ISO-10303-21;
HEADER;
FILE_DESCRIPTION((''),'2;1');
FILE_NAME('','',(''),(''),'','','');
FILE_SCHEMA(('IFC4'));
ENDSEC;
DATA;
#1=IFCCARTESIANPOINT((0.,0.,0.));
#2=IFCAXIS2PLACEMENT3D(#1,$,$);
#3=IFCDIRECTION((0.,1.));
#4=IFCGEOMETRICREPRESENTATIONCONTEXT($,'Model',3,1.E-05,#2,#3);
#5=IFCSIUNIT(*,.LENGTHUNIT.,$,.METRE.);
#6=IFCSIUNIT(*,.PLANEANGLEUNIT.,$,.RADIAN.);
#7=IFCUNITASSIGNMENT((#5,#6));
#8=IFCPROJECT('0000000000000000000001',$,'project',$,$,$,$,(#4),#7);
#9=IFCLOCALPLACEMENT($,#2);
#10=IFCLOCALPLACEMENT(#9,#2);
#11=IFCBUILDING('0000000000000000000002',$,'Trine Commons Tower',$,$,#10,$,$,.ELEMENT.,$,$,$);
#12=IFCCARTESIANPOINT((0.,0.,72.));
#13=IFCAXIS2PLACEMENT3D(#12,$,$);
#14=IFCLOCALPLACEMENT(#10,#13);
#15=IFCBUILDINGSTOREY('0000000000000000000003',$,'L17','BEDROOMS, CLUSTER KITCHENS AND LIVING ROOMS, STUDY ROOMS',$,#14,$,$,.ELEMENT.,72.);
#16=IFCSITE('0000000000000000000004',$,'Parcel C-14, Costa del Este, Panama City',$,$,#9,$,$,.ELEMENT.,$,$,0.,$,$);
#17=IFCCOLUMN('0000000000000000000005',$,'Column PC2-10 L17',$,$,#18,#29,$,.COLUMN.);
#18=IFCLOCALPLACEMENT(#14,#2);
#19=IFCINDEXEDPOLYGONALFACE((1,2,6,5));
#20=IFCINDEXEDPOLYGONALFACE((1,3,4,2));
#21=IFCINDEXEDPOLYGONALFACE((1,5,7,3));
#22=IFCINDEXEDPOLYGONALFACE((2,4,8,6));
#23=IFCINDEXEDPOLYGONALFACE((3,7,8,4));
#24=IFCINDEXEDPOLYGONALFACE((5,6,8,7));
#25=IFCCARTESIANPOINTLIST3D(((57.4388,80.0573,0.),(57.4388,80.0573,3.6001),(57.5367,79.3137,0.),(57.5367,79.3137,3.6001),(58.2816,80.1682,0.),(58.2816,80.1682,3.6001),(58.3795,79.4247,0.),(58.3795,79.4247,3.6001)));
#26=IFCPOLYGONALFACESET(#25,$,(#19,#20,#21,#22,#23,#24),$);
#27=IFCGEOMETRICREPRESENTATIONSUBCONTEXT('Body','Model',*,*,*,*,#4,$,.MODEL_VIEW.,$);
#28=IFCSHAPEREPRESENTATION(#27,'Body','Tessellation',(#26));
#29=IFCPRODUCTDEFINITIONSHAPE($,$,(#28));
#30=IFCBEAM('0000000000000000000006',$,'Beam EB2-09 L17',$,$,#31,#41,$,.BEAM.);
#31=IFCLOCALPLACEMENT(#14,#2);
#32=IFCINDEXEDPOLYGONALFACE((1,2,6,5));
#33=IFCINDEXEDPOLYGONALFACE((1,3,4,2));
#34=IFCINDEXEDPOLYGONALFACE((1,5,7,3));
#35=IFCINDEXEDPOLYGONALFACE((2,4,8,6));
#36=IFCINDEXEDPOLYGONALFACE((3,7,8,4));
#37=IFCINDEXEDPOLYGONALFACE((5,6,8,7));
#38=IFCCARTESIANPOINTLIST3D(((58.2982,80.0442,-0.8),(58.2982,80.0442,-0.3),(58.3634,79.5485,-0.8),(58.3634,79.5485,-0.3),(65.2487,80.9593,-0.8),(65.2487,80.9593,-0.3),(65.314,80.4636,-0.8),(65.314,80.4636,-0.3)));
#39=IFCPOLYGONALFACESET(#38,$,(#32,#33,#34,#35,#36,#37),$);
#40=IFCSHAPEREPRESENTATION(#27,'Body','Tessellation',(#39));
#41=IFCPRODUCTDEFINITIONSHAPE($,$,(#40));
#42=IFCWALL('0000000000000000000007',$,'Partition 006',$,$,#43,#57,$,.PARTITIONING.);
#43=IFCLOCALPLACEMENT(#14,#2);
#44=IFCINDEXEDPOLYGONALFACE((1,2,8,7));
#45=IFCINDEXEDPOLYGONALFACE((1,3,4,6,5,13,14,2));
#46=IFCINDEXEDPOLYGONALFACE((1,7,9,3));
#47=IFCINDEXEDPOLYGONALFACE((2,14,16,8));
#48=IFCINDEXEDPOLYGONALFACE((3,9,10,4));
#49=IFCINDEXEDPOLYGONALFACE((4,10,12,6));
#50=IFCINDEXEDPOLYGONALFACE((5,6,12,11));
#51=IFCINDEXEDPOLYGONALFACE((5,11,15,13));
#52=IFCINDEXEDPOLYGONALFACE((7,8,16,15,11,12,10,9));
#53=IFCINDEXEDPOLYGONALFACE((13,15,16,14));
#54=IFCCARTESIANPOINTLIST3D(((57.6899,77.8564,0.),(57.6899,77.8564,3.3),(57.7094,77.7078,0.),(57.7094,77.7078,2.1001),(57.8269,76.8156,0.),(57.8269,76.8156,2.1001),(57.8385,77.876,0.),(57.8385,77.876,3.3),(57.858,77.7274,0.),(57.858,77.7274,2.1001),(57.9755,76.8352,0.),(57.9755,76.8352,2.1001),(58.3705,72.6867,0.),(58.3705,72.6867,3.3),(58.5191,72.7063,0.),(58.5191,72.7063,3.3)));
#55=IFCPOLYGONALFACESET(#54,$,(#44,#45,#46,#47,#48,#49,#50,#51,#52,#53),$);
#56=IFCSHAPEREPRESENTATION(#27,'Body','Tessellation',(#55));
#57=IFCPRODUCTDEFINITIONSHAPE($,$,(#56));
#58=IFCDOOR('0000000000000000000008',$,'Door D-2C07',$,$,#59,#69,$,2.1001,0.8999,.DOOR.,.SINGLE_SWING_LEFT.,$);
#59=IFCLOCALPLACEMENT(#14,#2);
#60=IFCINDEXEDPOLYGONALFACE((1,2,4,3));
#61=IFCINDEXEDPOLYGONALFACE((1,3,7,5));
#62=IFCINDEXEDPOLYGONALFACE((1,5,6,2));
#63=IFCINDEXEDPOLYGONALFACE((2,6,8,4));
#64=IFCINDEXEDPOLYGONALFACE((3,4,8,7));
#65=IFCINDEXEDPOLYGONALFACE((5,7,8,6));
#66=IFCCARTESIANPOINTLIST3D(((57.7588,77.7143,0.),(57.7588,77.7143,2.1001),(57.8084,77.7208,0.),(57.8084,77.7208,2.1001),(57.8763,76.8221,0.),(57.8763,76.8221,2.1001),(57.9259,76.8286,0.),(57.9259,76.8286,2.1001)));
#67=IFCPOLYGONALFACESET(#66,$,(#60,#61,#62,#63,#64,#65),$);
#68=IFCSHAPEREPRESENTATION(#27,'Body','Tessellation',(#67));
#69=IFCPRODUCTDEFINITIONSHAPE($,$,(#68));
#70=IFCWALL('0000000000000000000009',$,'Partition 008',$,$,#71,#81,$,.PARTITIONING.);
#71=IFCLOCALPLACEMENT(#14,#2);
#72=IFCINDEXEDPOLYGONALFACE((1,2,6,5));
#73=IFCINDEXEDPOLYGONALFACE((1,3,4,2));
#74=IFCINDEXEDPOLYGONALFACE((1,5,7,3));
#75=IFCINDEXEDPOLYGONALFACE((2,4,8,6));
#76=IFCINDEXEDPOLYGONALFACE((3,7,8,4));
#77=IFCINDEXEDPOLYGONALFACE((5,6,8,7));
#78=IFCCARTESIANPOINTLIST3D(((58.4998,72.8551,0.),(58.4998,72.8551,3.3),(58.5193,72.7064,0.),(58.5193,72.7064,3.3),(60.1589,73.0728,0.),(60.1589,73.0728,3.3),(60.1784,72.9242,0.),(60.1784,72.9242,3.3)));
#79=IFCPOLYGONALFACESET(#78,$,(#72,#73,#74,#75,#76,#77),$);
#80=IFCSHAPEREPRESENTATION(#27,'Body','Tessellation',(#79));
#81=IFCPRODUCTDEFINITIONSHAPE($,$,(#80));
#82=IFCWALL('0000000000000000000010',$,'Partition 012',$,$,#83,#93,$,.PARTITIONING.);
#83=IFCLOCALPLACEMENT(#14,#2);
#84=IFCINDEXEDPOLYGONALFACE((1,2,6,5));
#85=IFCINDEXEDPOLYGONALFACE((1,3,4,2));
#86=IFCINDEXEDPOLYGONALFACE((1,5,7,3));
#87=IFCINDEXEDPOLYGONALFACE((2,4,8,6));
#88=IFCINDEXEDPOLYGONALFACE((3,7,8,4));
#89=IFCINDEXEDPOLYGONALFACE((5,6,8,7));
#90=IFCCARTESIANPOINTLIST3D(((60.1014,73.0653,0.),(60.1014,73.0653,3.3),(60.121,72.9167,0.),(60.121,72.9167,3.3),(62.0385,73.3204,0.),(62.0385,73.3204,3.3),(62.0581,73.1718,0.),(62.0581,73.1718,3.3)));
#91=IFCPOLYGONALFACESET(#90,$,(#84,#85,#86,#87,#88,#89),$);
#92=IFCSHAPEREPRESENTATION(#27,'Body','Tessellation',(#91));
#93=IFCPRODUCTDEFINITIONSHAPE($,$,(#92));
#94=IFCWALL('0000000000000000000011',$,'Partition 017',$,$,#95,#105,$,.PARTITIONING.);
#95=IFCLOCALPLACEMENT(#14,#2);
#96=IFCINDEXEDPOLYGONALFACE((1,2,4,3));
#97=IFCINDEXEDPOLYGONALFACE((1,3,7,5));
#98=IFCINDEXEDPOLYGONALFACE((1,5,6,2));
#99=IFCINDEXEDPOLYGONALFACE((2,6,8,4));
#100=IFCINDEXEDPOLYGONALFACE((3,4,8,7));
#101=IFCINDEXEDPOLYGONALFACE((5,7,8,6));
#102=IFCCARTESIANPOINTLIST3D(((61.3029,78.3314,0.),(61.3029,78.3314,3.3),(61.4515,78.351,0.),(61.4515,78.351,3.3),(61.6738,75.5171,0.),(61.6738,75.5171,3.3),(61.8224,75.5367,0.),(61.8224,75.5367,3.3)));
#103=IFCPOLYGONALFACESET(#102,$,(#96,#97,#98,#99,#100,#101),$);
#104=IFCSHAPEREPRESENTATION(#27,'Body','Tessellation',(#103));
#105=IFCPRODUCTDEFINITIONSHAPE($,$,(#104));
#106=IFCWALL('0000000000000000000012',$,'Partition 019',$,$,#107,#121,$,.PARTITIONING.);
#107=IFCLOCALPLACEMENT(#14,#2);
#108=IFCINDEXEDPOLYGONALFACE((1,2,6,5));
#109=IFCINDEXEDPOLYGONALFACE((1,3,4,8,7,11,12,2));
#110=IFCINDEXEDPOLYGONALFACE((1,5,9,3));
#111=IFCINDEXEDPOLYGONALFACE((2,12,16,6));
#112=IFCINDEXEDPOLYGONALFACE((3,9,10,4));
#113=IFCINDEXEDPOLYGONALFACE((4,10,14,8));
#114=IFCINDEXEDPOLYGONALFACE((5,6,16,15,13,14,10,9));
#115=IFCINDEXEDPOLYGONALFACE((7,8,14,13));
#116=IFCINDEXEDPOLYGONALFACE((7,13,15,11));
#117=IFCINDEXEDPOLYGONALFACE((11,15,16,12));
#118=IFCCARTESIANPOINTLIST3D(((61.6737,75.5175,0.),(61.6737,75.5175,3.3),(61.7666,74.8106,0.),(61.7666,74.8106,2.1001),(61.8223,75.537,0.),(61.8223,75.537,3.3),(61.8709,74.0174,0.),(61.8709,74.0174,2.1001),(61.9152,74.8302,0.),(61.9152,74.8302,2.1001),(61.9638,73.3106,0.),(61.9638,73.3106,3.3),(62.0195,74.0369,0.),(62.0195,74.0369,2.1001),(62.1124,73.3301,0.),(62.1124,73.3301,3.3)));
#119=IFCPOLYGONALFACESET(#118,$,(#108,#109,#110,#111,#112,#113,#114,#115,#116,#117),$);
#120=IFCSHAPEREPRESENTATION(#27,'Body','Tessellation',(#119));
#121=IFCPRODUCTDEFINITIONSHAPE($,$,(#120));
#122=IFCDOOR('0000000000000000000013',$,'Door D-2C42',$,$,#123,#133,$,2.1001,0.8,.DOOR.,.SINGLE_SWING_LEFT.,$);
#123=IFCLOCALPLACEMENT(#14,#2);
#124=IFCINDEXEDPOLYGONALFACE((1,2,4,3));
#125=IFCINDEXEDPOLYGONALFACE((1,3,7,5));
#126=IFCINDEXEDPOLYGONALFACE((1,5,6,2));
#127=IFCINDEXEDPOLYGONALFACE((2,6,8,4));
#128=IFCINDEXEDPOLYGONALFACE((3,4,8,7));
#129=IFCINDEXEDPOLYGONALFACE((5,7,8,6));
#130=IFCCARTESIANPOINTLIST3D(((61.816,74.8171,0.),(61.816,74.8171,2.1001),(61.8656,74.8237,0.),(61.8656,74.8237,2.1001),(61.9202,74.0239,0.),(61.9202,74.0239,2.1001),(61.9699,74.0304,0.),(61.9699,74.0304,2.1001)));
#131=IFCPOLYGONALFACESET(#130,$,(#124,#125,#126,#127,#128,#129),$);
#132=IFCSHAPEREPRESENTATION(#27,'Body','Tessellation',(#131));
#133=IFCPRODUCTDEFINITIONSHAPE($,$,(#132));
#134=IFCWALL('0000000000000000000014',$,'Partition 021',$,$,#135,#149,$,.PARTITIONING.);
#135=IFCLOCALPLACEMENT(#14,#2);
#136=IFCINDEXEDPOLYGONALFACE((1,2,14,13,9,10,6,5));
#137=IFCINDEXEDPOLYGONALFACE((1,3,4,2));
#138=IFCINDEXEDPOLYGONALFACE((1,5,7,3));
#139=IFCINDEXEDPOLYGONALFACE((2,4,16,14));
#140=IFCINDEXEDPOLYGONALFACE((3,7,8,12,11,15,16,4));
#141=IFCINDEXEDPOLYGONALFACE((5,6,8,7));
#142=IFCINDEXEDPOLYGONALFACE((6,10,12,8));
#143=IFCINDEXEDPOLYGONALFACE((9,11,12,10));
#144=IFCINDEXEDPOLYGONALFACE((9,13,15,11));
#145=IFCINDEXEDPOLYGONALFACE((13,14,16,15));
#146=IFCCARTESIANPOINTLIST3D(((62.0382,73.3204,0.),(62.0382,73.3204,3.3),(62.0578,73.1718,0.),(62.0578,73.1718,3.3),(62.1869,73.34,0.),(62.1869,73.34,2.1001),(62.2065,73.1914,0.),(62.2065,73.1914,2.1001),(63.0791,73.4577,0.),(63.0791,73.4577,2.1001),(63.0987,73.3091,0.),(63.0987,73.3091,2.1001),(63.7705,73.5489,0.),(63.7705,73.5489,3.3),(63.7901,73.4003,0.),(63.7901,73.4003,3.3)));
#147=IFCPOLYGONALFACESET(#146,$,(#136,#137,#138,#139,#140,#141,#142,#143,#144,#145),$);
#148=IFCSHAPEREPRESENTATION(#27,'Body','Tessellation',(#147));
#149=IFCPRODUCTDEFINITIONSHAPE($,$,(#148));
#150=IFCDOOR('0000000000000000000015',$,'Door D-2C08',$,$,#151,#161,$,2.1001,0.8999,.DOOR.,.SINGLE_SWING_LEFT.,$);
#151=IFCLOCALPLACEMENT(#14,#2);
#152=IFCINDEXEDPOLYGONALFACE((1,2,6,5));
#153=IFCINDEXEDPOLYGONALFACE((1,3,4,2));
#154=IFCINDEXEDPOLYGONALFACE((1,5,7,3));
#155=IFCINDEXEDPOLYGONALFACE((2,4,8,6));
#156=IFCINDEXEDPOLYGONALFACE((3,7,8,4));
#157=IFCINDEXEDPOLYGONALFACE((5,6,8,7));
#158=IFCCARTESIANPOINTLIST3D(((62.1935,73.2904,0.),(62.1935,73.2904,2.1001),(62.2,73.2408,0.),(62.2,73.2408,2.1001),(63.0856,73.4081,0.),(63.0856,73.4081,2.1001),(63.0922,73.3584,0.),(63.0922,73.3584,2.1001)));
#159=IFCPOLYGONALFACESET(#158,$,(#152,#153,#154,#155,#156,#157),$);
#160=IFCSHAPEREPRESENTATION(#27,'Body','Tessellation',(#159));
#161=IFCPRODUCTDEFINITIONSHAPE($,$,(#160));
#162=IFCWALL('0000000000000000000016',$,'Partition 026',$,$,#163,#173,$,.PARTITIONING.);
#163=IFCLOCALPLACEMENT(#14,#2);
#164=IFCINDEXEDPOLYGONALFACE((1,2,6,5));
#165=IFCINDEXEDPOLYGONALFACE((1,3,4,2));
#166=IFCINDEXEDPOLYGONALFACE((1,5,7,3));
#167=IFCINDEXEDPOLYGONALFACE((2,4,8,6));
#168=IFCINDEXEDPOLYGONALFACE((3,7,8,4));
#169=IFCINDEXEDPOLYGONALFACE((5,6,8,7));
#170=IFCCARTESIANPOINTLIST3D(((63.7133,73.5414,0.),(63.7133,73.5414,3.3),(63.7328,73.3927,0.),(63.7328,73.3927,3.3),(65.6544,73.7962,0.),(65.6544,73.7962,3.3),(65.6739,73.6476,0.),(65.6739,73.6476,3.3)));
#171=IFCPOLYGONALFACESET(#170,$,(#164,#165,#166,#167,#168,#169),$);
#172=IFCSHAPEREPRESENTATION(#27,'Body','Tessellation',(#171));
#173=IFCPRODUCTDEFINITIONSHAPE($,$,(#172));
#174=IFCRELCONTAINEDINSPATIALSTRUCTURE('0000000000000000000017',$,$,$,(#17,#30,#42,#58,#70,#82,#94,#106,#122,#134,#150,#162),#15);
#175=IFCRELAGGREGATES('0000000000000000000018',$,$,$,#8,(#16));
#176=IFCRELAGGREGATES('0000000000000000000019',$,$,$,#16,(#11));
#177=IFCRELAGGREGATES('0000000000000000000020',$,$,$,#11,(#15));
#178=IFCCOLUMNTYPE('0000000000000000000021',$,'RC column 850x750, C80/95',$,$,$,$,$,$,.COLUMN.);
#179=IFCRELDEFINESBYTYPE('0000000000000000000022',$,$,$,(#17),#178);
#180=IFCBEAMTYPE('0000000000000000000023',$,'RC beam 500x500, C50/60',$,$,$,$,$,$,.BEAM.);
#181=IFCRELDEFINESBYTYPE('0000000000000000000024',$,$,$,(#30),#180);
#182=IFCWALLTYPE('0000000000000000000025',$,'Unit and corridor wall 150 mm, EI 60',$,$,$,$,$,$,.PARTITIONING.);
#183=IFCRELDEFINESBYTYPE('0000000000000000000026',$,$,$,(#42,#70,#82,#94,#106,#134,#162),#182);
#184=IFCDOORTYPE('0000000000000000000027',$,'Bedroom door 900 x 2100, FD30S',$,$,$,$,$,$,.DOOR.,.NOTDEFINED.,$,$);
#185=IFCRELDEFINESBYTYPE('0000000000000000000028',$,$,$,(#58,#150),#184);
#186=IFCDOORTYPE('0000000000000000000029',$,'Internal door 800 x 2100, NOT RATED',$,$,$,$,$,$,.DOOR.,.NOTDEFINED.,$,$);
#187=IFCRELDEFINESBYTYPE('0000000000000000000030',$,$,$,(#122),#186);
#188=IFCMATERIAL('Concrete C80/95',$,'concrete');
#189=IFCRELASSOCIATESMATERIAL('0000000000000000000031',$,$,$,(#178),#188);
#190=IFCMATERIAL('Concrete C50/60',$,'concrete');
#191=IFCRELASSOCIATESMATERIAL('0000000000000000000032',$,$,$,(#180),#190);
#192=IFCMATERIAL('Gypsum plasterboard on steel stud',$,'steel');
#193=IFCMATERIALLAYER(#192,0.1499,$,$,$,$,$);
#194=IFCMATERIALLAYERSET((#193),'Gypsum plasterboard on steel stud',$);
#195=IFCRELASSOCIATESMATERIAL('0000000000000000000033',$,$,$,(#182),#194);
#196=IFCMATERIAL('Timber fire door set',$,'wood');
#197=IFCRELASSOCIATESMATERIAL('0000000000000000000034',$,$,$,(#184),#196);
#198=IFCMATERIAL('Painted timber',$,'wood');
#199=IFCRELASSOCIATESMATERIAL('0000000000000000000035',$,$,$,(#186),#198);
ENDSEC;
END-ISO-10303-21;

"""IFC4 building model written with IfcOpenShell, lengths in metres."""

from ifc_helpers import new_model, si_unit, direction, frame, frame_2d, origin, origin_2d, place, context, subcontext, project, spatial, rectangle, extrude, material, layer, layer_set, material_profile, profile_set, type_object, element, fill, save


model = new_model("IFC4")

# Units and contexts
model_context = context("Model", 3, precision=1e-05, world=origin(), true_north=direction((0.0, 1.0)))
body_context = subcontext(model_context, "Body", "Model", "MODEL_VIEW")
ifc_project = project(units=[si_unit("LENGTHUNIT", "METRE"), si_unit("PLANEANGLEUNIT", "RADIAN")], contexts=[model_context])

# Site, building, storey
site_placement = place(None, origin())
site = spatial("IfcSite", under=ifc_project, at=site_placement, Name="Parcel C-14, Costa del Este, Panama City", CompositionType="ELEMENT", RefElevation=0.0)
building_placement = place(site_placement, origin())
building = spatial("IfcBuilding", under=site, at=building_placement, Name="Trine Commons Tower", CompositionType="ELEMENT")
storey_placement = place(building_placement, frame((0.0, 0.0, 72.0)))
storey = spatial("IfcBuildingStorey", under=building, at=storey_placement, Name="L17", Description="BEDROOMS, CLUSTER KITCHENS AND LIVING ROOMS, STUDY ROOMS", CompositionType="ELEMENT", Elevation=72.0)

# Column
ifc_material_1 = material(Name="Concrete C80/95", Category="concrete")
ifc_material_profile_1 = material_profile(ifc_material_1, rectangle(XDim=0.8501, YDim=0.75, at=origin_2d()), Name="RC 850x750")
ifc_profile_set_1 = profile_set([ifc_material_profile_1], Name="Concrete C80/95")
column_type = type_object("IfcColumnType", Name="RC column 850x750, C80/95", PredefinedType="COLUMN", material=ifc_profile_set_1)
column_placement = place(storey_placement, frame((57.9092, 79.741, 0.0), z_axis=(0.0, 0.0, 1.0), x_axis=(0.991445, 0.130526, 0.0)))
element("IfcColumn", 1, at=column_placement, inside=storey, type_object=column_type, Name="Column PC2-10 L17", PredefinedType="COLUMN", context=body_context, shape_type="SweptSolid", body=[
    extrude(rectangle(XDim=0.8501, YDim=0.75, at=origin_2d()), origin(), (0.0, 0.0, 1.0), 3.6001),
])

# Beam
ifc_material_2 = material(Name="Concrete C50/60", Category="concrete")
ifc_material_profile_2 = material_profile(ifc_material_2, rectangle(XDim=0.5, YDim=0.5, at=origin_2d()), Name="RC 500x500")
ifc_profile_set_2 = profile_set([ifc_material_profile_2], Name="Concrete C50/60")
beam_type = type_object("IfcBeamType", Name="RC beam 500x500, C50/60", PredefinedType="BEAM", material=ifc_profile_set_2)
beam_placement = place(storey_placement, frame((58.3308, 79.7964, -0.55), z_axis=(0.991445, 0.130526, 0.0), x_axis=(-0.130526, 0.991445, 0.0)))
element("IfcBeam", 2, at=beam_placement, inside=storey, type_object=beam_type, Name="Beam EB2-09 L17", PredefinedType="BEAM", context=body_context, shape_type="SweptSolid", body=[
    extrude(rectangle(XDim=0.5, YDim=0.5, at=origin_2d()), origin(), (0.0, 0.0, 1.0), 7.0105),
])

# Wall, opening, door
ifc_material_3 = material(Name="Gypsum plasterboard on steel stud", Category="steel")
ifc_layer_1 = layer(ifc_material_3, 0.1499)
ifc_layer_set_1 = layer_set([ifc_layer_1], Name="Gypsum plasterboard on steel stud")
wall_type_1 = type_object("IfcWallType", Name="Unit and corridor wall 150 mm, EI 60", PredefinedType="PARTITIONING", material=ifc_layer_set_1)
wall_1_placement = place(storey_placement, frame((57.7642, 77.8662, 0.0), z_axis=(0.0, 0.0, 1.0), x_axis=(0.130538, -0.991443, 0.0)))
wall_1 = element("IfcWall", 3, at=wall_1_placement, inside=storey, type_object=wall_type_1, Name="Partition 006", PredefinedType="PARTITIONING", context=body_context, shape_type="SweptSolid", body=[
    extrude(rectangle(XDim=5.2144, YDim=0.1499, at=frame_2d((2.6072, 0.0))), origin(), (0.0, 0.0, 1.0), 3.3),
])
opening_1_placement = place(wall_1_placement, frame((0.1499, 0.0, 0.0)))
opening_1 = element("IfcOpeningElement", 4, at=opening_1_placement, cuts=wall_1, PredefinedType="OPENING", context=body_context, shape_type="SweptSolid", body=[
    extrude(rectangle(XDim=0.8999, YDim=2.1001, at=frame_2d((0.45, 1.05))), frame((0.0, 0.085, 0.0), z_axis=(0.0, -1.0, 0.0), x_axis=(1.0, 0.0, 0.0)), (0.0, 0.0, 1.0), 0.1699),
])
ifc_material_4 = material(Name="Timber fire door set", Category="wood")
door_type_1 = type_object("IfcDoorType", Name="Bedroom door 900 x 2100, FD30S", OperationType="NOTDEFINED", PredefinedType="DOOR", material=ifc_material_4)
door_1_placement = place(opening_1_placement, origin())
door_1 = element("IfcDoor", 5, at=door_1_placement, inside=storey, type_object=door_type_1, Name="Door D-2C07", OperationType="SINGLE_SWING_LEFT", OverallHeight=2.1001, OverallWidth=0.8999, PredefinedType="DOOR", context=body_context, shape_type="SweptSolid", body=[
    extrude(rectangle(XDim=0.8999, YDim=2.1001, at=frame_2d((0.45, 1.05))), frame((0.0, 0.0249, 0.0), z_axis=(0.0, -1.0, 0.0), x_axis=(1.0, 0.0, 0.0)), (0.0, 0.0, 1.0), 0.05),
])
fill(opening_1, door_1)

# Walls
wall_2_placement = place(storey_placement, frame((58.5095, 72.7808, 0.0), z_axis=(0.0, 0.0, 1.0), x_axis=(0.991496, 0.130137, 0.0)))
element("IfcWall", 6, at=wall_2_placement, inside=storey, type_object=wall_type_1, Name="Partition 008", PredefinedType="PARTITIONING", context=body_context, shape_type="SweptSolid", body=[
    extrude(rectangle(XDim=1.6733, YDim=0.1499, at=frame_2d((0.8367, 0.0))), origin(), (0.0, 0.0, 1.0), 3.3),
])
wall_3_placement = place(storey_placement, frame((60.1111, 72.991, 0.0), z_axis=(0.0, 0.0, 1.0), x_axis=(0.991437, 0.130584, 0.0)))
element("IfcWall", 7, at=wall_3_placement, inside=storey, type_object=wall_type_1, Name="Partition 012", PredefinedType="PARTITIONING", context=body_context, shape_type="SweptSolid", body=[
    extrude(rectangle(XDim=1.9539, YDim=0.1499, at=frame_2d((0.9771, 0.0))), origin(), (0.0, 0.0, 1.0), 3.3),
])
wall_4_placement = place(storey_placement, frame((61.3772, 78.3413, 0.0), z_axis=(0.0, 0.0, 1.0), x_axis=(0.130648, -0.991429, 0.0)))
element("IfcWall", 8, at=wall_4_placement, inside=storey, type_object=wall_type_1, Name="Partition 017", PredefinedType="PARTITIONING", context=body_context, shape_type="SweptSolid", body=[
    extrude(rectangle(XDim=2.8386, YDim=0.1499, at=frame_2d((1.4194, 0.0))), origin(), (0.0, 0.0, 1.0), 3.3),
])

# Walls, openings, doors
wall_5_placement = place(storey_placement, frame((61.748, 75.5271, 0.0), z_axis=(0.0, 0.0, 1.0), x_axis=(0.13031, -0.991473, 0.0)))
wall_5 = element("IfcWall", 9, at=wall_5_placement, inside=storey, type_object=wall_type_1, Name="Partition 019", PredefinedType="PARTITIONING", context=body_context, shape_type="SweptSolid", body=[
    extrude(rectangle(XDim=2.2258, YDim=0.1499, at=frame_2d((1.1128, 0.0))), origin(), (0.0, 0.0, 1.0), 3.3),
])
opening_2_placement = place(wall_5_placement, frame((0.7129, 0.0, 0.0)))
opening_2 = element("IfcOpeningElement", 10, at=opening_2_placement, cuts=wall_5, PredefinedType="OPENING", context=body_context, shape_type="SweptSolid", body=[
    extrude(rectangle(XDim=0.8, YDim=2.1001, at=frame_2d((0.3999, 1.05))), frame((0.0, 0.085, 0.0), z_axis=(0.0, -1.0, 0.0), x_axis=(1.0, 0.0, 0.0)), (0.0, 0.0, 1.0), 0.1699),
])
ifc_material_5 = material(Name="Painted timber", Category="wood")
door_type_2 = type_object("IfcDoorType", Name="Internal door 800 x 2100, NOT RATED", OperationType="NOTDEFINED", PredefinedType="DOOR", material=ifc_material_5)
door_2_placement = place(opening_2_placement, origin())
door_2 = element("IfcDoor", 11, at=door_2_placement, inside=storey, type_object=door_type_2, Name="Door D-2C42", OperationType="SINGLE_SWING_LEFT", OverallHeight=2.1001, OverallWidth=0.8, PredefinedType="DOOR", context=body_context, shape_type="SweptSolid", body=[
    extrude(rectangle(XDim=0.8, YDim=2.1001, at=frame_2d((0.3999, 1.05))), frame((0.0, 0.0249, 0.0), z_axis=(0.0, -1.0, 0.0), x_axis=(1.0, 0.0, 0.0)), (0.0, 0.0, 1.0), 0.05),
])
fill(opening_2, door_2)
wall_6_placement = place(storey_placement, frame((62.0481, 73.2461, 0.0), z_axis=(0.0, 0.0, 1.0), x_axis=(0.991412, 0.130773, 0.0)))
wall_6 = element("IfcWall", 12, at=wall_6_placement, inside=storey, type_object=wall_type_1, Name="Partition 021", PredefinedType="PARTITIONING", context=body_context, shape_type="SweptSolid", body=[
    extrude(rectangle(XDim=1.7473, YDim=0.1499, at=frame_2d((0.8735, 0.0))), origin(), (0.0, 0.0, 1.0), 3.3),
])
opening_3_placement = place(wall_6_placement, frame((0.1499, 0.0, 0.0)))
opening_3 = element("IfcOpeningElement", 13, at=opening_3_placement, cuts=wall_6, PredefinedType="OPENING", context=body_context, shape_type="SweptSolid", body=[
    extrude(rectangle(XDim=0.8999, YDim=2.1001, at=frame_2d((0.45, 1.05))), frame((0.0, 0.085, 0.0), z_axis=(0.0, -1.0, 0.0), x_axis=(1.0, 0.0, 0.0)), (0.0, 0.0, 1.0), 0.1699),
])
door_3_placement = place(opening_3_placement, origin())
door_3 = element("IfcDoor", 14, at=door_3_placement, inside=storey, type_object=door_type_1, Name="Door D-2C08", OperationType="SINGLE_SWING_LEFT", OverallHeight=2.1001, OverallWidth=0.8999, PredefinedType="DOOR", context=body_context, shape_type="SweptSolid", body=[
    extrude(rectangle(XDim=0.8999, YDim=2.1001, at=frame_2d((0.45, 1.05))), frame((0.0, 0.0249, 0.0), z_axis=(0.0, -1.0, 0.0), x_axis=(1.0, 0.0, 0.0)), (0.0, 0.0, 1.0), 0.05),
])
fill(opening_3, door_3)

# Wall
wall_7_placement = place(storey_placement, frame((63.7229, 73.467, 0.0), z_axis=(0.0, 0.0, 1.0), x_axis=(0.991489, 0.130187, 0.0)))
element("IfcWall", 15, at=wall_7_placement, inside=storey, type_object=wall_type_1, Name="Partition 026", PredefinedType="PARTITIONING", context=body_context, shape_type="SweptSolid", body=[
    extrude(rectangle(XDim=1.9578, YDim=0.1499, at=frame_2d((0.979, 0.0))), origin(), (0.0, 0.0, 1.0), 3.3),
])

save(model, "model.ifc")
